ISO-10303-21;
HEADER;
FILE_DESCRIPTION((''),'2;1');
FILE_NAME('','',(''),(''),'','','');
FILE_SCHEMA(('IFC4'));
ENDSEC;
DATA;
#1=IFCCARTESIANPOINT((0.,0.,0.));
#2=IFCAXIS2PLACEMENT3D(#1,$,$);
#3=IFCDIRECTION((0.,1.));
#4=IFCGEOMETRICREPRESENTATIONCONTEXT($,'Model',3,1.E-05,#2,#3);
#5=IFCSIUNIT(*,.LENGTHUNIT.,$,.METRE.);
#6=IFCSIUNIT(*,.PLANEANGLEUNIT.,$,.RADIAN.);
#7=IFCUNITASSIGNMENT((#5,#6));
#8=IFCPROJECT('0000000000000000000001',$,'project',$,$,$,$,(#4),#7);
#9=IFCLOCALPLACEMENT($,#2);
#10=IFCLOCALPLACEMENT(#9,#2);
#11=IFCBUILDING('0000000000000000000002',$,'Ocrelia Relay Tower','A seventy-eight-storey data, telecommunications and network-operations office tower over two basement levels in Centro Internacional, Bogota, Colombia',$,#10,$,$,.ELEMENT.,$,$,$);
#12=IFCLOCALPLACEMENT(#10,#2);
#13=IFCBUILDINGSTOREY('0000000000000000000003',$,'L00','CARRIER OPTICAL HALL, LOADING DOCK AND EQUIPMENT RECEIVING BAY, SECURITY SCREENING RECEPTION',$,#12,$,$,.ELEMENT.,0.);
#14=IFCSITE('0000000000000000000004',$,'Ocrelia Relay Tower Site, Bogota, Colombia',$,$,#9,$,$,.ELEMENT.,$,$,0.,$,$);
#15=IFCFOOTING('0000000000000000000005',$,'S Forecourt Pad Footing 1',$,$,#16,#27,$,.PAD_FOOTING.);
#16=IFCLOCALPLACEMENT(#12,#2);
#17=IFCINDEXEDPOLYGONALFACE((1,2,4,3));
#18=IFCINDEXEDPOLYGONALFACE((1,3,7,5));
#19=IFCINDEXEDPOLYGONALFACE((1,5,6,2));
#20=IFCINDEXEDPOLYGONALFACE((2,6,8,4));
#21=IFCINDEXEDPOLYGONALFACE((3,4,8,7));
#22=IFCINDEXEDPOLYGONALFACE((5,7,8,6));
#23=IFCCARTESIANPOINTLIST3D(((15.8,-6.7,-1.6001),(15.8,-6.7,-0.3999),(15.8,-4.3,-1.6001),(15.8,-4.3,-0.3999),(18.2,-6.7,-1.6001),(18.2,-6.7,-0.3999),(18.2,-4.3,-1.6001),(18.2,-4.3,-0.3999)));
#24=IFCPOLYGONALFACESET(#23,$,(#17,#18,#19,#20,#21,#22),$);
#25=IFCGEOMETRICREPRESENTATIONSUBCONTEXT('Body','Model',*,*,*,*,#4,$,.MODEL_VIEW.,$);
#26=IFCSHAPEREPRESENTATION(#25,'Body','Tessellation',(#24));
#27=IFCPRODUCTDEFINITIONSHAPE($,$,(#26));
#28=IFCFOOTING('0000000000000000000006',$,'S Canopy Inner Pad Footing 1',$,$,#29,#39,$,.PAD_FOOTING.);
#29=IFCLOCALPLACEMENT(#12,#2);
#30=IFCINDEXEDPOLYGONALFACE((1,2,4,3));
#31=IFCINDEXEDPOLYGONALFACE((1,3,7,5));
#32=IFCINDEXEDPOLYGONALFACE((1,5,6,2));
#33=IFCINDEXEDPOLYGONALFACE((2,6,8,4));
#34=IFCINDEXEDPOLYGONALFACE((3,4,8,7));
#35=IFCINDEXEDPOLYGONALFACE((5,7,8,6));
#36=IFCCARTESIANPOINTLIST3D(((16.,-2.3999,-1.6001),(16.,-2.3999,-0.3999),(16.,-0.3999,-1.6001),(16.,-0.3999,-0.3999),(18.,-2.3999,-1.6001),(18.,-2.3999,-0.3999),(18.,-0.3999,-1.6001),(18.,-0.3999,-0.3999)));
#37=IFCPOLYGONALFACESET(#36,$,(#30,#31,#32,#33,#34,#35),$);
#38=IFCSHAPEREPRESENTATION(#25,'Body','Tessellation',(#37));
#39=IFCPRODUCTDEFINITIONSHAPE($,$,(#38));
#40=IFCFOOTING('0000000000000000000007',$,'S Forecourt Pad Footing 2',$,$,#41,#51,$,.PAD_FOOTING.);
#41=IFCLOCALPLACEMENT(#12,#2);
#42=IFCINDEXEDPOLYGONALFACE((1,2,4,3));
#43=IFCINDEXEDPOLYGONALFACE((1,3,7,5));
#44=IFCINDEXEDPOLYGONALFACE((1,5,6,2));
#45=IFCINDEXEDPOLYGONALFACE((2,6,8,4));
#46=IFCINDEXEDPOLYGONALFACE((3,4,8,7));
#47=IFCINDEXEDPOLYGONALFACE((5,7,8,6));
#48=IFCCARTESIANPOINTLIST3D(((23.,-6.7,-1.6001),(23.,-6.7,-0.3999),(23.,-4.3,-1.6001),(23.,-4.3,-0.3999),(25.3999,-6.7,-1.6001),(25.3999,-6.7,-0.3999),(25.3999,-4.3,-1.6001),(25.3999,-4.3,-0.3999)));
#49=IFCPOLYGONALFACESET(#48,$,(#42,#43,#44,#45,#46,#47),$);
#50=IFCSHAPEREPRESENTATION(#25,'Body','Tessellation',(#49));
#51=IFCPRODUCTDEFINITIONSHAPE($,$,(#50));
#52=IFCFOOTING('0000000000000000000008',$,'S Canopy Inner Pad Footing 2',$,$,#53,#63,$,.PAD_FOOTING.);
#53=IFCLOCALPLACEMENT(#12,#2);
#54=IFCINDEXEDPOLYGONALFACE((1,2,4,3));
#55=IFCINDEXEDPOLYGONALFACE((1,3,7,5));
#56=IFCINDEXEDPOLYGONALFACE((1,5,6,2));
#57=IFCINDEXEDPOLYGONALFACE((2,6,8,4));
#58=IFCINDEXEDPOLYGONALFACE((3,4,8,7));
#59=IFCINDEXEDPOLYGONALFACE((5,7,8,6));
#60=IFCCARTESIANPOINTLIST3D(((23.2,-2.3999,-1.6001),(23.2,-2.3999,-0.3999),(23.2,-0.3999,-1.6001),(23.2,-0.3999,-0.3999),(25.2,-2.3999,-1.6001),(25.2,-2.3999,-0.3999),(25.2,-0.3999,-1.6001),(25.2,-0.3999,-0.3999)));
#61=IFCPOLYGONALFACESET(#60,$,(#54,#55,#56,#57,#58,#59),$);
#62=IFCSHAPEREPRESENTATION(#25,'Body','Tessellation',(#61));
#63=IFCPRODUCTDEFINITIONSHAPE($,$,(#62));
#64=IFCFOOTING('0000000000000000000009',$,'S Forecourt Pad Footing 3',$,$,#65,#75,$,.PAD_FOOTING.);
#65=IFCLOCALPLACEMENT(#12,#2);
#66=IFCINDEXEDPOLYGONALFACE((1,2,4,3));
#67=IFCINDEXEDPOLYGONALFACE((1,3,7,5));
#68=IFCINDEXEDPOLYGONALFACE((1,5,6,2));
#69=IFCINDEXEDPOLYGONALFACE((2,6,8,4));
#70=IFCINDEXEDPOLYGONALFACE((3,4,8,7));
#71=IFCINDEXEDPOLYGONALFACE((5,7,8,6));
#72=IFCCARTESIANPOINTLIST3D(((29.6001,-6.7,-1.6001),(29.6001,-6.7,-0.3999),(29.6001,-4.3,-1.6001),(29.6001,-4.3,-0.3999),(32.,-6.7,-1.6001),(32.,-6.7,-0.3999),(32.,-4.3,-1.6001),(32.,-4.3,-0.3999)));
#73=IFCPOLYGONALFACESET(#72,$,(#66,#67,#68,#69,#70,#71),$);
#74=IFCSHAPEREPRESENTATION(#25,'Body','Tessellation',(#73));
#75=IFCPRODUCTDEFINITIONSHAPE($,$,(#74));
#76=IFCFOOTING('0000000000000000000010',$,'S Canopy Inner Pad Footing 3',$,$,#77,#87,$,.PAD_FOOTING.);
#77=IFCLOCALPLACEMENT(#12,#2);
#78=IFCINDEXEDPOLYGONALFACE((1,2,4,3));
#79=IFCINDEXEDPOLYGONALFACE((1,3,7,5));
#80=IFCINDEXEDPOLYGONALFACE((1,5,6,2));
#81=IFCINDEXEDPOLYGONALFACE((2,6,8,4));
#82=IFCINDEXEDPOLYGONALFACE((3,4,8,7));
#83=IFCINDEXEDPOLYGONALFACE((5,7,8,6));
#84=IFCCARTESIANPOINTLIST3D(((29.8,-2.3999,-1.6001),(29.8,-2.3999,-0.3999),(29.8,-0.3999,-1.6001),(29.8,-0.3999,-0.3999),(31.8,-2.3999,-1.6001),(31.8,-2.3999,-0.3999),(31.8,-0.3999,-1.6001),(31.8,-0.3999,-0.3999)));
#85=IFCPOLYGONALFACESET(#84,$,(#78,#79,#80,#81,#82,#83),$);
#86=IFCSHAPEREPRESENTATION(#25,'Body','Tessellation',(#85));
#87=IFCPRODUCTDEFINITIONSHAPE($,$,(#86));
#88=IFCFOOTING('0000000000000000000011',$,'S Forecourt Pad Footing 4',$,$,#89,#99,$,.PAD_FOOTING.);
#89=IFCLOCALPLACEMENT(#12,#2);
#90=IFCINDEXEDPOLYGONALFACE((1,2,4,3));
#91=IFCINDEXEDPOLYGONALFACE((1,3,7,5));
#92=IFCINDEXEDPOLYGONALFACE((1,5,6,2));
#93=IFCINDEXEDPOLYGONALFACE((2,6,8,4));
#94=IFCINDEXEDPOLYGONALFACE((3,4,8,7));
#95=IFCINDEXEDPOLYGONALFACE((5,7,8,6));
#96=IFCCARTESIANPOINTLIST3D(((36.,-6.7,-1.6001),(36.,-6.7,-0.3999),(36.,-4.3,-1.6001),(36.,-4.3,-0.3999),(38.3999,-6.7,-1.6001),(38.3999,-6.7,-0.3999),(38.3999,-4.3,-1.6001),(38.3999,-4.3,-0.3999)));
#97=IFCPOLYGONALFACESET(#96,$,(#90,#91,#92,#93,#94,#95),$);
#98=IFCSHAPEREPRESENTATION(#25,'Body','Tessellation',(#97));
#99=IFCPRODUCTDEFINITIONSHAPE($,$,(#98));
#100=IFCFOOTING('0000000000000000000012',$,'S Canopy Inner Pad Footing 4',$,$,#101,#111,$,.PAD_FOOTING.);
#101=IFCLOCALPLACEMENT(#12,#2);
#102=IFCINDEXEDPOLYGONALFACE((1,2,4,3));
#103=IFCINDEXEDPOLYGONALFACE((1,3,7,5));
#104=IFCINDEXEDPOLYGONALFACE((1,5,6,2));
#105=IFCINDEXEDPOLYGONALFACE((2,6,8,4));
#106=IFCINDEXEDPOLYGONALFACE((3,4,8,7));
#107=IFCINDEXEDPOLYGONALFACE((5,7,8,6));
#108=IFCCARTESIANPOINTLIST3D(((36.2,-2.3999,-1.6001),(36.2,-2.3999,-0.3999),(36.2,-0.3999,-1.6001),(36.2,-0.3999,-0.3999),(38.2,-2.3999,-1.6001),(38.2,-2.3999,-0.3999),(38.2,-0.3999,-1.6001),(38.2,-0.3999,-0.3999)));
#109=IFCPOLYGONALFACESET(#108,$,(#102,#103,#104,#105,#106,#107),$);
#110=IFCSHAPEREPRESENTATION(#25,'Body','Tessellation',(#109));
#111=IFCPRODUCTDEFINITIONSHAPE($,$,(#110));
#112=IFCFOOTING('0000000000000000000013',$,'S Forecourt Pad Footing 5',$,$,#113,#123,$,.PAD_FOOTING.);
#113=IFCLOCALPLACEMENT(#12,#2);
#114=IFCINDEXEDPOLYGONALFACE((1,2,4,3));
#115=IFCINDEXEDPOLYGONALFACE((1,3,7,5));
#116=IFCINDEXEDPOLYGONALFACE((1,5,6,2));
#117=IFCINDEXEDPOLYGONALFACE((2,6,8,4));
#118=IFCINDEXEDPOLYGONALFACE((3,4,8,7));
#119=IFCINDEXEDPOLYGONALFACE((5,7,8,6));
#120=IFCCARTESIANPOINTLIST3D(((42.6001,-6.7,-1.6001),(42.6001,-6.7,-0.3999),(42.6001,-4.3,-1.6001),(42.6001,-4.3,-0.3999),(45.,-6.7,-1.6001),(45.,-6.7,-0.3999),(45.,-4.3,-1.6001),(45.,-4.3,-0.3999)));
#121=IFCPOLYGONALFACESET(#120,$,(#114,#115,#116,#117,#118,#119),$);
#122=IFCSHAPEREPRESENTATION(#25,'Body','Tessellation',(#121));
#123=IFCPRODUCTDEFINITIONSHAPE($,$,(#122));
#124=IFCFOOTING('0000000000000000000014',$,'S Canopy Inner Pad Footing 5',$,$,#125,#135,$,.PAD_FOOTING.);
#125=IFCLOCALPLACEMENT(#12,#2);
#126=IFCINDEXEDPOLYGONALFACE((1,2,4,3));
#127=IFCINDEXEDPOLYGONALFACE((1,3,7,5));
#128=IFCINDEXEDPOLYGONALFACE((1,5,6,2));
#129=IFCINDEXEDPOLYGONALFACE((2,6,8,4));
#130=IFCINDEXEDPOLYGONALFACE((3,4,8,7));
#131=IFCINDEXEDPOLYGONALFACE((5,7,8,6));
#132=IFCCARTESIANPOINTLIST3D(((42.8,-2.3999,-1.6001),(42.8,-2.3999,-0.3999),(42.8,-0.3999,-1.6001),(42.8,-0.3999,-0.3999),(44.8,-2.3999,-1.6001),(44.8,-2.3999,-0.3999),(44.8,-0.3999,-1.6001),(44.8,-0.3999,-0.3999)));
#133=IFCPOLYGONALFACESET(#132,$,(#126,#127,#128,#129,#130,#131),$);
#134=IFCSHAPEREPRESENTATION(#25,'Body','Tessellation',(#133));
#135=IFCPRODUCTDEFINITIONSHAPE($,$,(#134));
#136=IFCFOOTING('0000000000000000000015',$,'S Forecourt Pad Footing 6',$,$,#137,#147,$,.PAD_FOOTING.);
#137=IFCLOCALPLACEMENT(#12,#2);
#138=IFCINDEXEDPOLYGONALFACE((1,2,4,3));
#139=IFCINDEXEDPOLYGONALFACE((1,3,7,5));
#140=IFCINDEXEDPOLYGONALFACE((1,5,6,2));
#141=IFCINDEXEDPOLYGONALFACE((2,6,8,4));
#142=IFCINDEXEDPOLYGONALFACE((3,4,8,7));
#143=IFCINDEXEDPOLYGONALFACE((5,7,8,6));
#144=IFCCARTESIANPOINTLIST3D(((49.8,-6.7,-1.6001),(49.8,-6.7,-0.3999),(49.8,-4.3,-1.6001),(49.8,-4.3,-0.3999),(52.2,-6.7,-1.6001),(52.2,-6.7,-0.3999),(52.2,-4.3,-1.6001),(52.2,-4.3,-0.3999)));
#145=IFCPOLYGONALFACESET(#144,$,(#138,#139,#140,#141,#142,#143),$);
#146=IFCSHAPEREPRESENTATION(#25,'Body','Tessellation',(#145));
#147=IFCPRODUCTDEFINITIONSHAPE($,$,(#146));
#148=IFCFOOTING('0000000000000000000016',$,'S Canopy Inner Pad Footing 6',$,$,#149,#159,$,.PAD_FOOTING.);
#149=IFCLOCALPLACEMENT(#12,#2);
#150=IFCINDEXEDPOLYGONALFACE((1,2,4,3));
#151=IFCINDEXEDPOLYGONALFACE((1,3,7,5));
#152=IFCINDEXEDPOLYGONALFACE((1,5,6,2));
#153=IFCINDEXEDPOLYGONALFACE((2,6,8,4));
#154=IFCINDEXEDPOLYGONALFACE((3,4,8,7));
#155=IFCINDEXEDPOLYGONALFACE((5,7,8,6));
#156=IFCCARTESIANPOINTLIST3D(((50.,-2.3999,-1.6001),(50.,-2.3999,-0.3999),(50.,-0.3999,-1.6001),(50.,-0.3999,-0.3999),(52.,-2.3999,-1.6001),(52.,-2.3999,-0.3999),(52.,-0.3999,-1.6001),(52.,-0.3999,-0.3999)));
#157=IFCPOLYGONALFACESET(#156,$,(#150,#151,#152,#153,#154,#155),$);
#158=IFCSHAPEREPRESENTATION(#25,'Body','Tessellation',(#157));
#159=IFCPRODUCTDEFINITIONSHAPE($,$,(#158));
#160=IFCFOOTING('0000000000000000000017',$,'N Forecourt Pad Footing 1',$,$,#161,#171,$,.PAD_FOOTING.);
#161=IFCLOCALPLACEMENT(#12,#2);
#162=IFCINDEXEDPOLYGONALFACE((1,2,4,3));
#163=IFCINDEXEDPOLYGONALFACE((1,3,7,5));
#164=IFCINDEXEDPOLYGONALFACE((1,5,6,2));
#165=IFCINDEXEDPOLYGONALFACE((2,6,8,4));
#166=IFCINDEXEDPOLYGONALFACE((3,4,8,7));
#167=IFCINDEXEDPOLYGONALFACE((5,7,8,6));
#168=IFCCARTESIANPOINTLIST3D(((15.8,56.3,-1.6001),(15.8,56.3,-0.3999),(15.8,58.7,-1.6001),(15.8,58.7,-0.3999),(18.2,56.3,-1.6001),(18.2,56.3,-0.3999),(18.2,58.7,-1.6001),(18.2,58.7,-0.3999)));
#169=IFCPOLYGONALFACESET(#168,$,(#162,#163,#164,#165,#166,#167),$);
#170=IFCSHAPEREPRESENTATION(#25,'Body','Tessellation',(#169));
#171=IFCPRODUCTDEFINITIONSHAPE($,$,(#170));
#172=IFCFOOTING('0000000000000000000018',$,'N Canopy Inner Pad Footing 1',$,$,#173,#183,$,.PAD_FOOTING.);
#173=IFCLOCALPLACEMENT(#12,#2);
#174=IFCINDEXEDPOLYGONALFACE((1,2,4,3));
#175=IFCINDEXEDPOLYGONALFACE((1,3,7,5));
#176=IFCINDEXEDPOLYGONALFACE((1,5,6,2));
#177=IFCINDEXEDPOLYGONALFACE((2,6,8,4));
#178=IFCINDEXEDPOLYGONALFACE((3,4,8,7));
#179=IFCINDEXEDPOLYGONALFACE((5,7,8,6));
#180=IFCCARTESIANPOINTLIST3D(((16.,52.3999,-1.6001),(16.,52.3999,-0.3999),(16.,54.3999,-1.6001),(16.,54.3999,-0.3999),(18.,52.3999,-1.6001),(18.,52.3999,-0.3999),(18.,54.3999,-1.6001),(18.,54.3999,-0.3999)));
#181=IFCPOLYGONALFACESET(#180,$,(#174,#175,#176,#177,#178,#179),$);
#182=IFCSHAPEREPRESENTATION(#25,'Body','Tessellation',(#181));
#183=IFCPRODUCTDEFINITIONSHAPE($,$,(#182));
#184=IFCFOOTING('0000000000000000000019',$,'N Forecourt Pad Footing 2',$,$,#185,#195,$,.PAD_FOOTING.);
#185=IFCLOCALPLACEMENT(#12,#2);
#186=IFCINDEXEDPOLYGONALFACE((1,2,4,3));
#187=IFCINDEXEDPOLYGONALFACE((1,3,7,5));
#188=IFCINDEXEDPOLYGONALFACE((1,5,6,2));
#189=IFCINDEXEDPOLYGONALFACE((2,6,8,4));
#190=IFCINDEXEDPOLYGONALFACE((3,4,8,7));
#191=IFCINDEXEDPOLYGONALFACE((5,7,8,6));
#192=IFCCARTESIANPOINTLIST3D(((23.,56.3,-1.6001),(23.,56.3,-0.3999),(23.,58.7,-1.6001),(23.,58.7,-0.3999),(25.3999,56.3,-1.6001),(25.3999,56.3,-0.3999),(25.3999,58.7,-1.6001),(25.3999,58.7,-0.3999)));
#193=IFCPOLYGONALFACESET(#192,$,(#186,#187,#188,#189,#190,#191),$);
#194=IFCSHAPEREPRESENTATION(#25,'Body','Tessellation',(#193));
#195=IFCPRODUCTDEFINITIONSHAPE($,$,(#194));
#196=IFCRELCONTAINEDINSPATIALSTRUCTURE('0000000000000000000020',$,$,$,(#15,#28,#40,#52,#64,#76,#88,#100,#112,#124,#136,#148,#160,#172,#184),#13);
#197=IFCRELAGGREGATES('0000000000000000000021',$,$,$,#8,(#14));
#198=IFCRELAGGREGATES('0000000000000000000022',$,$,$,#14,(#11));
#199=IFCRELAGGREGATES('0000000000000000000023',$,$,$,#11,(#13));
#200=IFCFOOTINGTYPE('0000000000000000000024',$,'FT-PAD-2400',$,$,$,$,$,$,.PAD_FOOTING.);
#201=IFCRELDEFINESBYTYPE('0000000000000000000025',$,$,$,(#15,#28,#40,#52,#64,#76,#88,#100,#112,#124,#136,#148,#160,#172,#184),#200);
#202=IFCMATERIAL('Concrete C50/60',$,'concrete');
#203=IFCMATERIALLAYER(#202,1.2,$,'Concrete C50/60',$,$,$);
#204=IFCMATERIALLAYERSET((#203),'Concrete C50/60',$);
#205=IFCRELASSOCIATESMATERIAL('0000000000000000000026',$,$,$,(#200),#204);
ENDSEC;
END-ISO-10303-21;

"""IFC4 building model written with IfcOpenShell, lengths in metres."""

from ifc_helpers import new_model, si_unit, direction, frame, origin, place, context, subcontext, project, spatial, polyline, outline, extrude, material, layer, layer_set, type_object, element, save


model = new_model("IFC4")

# Units and contexts
model_context = context("Model", 3, precision=1e-05, world=origin(), true_north=direction((0.0, 1.0)))
body_context = subcontext(model_context, "Body", "Model", "MODEL_VIEW")
ifc_project = project(units=[si_unit("LENGTHUNIT", "METRE"), si_unit("PLANEANGLEUNIT", "RADIAN")], contexts=[model_context])

# Site, building, storey
site_placement = place(None, origin())
site = spatial("IfcSite", under=ifc_project, at=site_placement, Name="Ocrelia Relay Tower Site, Bogota, Colombia", CompositionType="ELEMENT", RefElevation=0.0)
building_placement = place(site_placement, origin())
building = spatial("IfcBuilding", under=site, at=building_placement, Name="Ocrelia Relay Tower", Description="A seventy-eight-storey data, telecommunications and network-operations office tower over two basement levels in Centro Internacional, Bogota, Colombia", CompositionType="ELEMENT")
storey_placement = place(building_placement, origin())
storey = spatial("IfcBuildingStorey", under=building, at=storey_placement, Name="L00", Description="CARRIER OPTICAL HALL, LOADING DOCK AND EQUIPMENT RECEIVING BAY, SECURITY SCREENING RECEPTION", CompositionType="ELEMENT", Elevation=0.0)

# Footings
ifc_material_1 = material(Name="Concrete C50/60", Category="concrete")
ifc_layer_1 = layer(ifc_material_1, 1.2, Name="Concrete C50/60")
ifc_layer_set_1 = layer_set([ifc_layer_1], Name="Concrete C50/60")
footing_type_1 = type_object("IfcFootingType", Name="FT-PAD-2400", PredefinedType="PAD_FOOTING", material=ifc_layer_set_1)
footing_1_placement = place(storey_placement, frame((0.0, 0.0, -1.6001)))
element("IfcFooting", 1, at=footing_1_placement, inside=storey, type_object=footing_type_1, Name="S Forecourt Pad Footing 1", PredefinedType="PAD_FOOTING", context=body_context, shape_type="SweptSolid", body=[
    extrude(outline(polyline([(15.8, -6.7), (18.2, -6.7), (18.2, -4.3), (15.8, -4.3), (15.8, -6.7)])), origin(), (0.0, 0.0, 1.0), 1.2002),
])
footing_2_placement = place(storey_placement, frame((0.0, 0.0, -1.6001)))
element("IfcFooting", 2, at=footing_2_placement, inside=storey, type_object=footing_type_1, Name="S Canopy Inner Pad Footing 1", PredefinedType="PAD_FOOTING", context=body_context, shape_type="SweptSolid", body=[
    extrude(outline(polyline([(16.0, -2.3999), (18.0, -2.3999), (18.0, -0.3999), (16.0, -0.3999), (16.0, -2.3999)])), origin(), (0.0, 0.0, 1.0), 1.2002),
])
footing_3_placement = place(storey_placement, frame((0.0, 0.0, -1.6001)))
element("IfcFooting", 3, at=footing_3_placement, inside=storey, type_object=footing_type_1, Name="S Forecourt Pad Footing 2", PredefinedType="PAD_FOOTING", context=body_context, shape_type="SweptSolid", body=[
    extrude(outline(polyline([(23.0, -6.7), (25.3999, -6.7), (25.3999, -4.3), (23.0, -4.3), (23.0, -6.7)])), origin(), (0.0, 0.0, 1.0), 1.2002),
])
footing_4_placement = place(storey_placement, frame((0.0, 0.0, -1.6001)))
element("IfcFooting", 4, at=footing_4_placement, inside=storey, type_object=footing_type_1, Name="S Canopy Inner Pad Footing 2", PredefinedType="PAD_FOOTING", context=body_context, shape_type="SweptSolid", body=[
    extrude(outline(polyline([(23.2, -2.3999), (25.2, -2.3999), (25.2, -0.3999), (23.2, -0.3999), (23.2, -2.3999)])), origin(), (0.0, 0.0, 1.0), 1.2002),
])
footing_5_placement = place(storey_placement, frame((0.0, 0.0, -1.6001)))
element("IfcFooting", 5, at=footing_5_placement, inside=storey, type_object=footing_type_1, Name="S Forecourt Pad Footing 3", PredefinedType="PAD_FOOTING", context=body_context, shape_type="SweptSolid", body=[
    extrude(outline(polyline([(29.6001, -6.7), (32.0, -6.7), (32.0, -4.3), (29.6001, -4.3), (29.6001, -6.7)])), origin(), (0.0, 0.0, 1.0), 1.2002),
])
footing_6_placement = place(storey_placement, frame((0.0, 0.0, -1.6001)))
element("IfcFooting", 6, at=footing_6_placement, inside=storey, type_object=footing_type_1, Name="S Canopy Inner Pad Footing 3", PredefinedType="PAD_FOOTING", context=body_context, shape_type="SweptSolid", body=[
    extrude(outline(polyline([(29.8, -2.3999), (31.8, -2.3999), (31.8, -0.3999), (29.8, -0.3999), (29.8, -2.3999)])), origin(), (0.0, 0.0, 1.0), 1.2002),
])
footing_7_placement = place(storey_placement, frame((0.0, 0.0, -1.6001)))
element("IfcFooting", 7, at=footing_7_placement, inside=storey, type_object=footing_type_1, Name="S Forecourt Pad Footing 4", PredefinedType="PAD_FOOTING", context=body_context, shape_type="SweptSolid", body=[
    extrude(outline(polyline([(36.0, -6.7), (38.3999, -6.7), (38.3999, -4.3), (36.0, -4.3), (36.0, -6.7)])), origin(), (0.0, 0.0, 1.0), 1.2002),
])
footing_8_placement = place(storey_placement, frame((0.0, 0.0, -1.6001)))
element("IfcFooting", 8, at=footing_8_placement, inside=storey, type_object=footing_type_1, Name="S Canopy Inner Pad Footing 4", PredefinedType="PAD_FOOTING", context=body_context, shape_type="SweptSolid", body=[
    extrude(outline(polyline([(36.2, -2.3999), (38.2, -2.3999), (38.2, -0.3999), (36.2, -0.3999), (36.2, -2.3999)])), origin(), (0.0, 0.0, 1.0), 1.2002),
])
footing_9_placement = place(storey_placement, frame((0.0, 0.0, -1.6001)))
element("IfcFooting", 9, at=footing_9_placement, inside=storey, type_object=footing_type_1, Name="S Forecourt Pad Footing 5", PredefinedType="PAD_FOOTING", context=body_context, shape_type="SweptSolid", body=[
    extrude(outline(polyline([(42.6001, -6.7), (45.0, -6.7), (45.0, -4.3), (42.6001, -4.3), (42.6001, -6.7)])), origin(), (0.0, 0.0, 1.0), 1.2002),
])
footing_10_placement = place(storey_placement, frame((0.0, 0.0, -1.6001)))
element("IfcFooting", 10, at=footing_10_placement, inside=storey, type_object=footing_type_1, Name="S Canopy Inner Pad Footing 5", PredefinedType="PAD_FOOTING", context=body_context, shape_type="SweptSolid", body=[
    extrude(outline(polyline([(42.8, -2.3999), (44.8, -2.3999), (44.8, -0.3999), (42.8, -0.3999), (42.8, -2.3999)])), origin(), (0.0, 0.0, 1.0), 1.2002),
])
footing_11_placement = place(storey_placement, frame((0.0, 0.0, -1.6001)))
element("IfcFooting", 11, at=footing_11_placement, inside=storey, type_object=footing_type_1, Name="S Forecourt Pad Footing 6", PredefinedType="PAD_FOOTING", context=body_context, shape_type="SweptSolid", body=[
    extrude(outline(polyline([(49.8, -6.7), (52.2, -6.7), (52.2, -4.3), (49.8, -4.3), (49.8, -6.7)])), origin(), (0.0, 0.0, 1.0), 1.2002),
])
footing_12_placement = place(storey_placement, frame((0.0, 0.0, -1.6001)))
element("IfcFooting", 12, at=footing_12_placement, inside=storey, type_object=footing_type_1, Name="S Canopy Inner Pad Footing 6", PredefinedType="PAD_FOOTING", context=body_context, shape_type="SweptSolid", body=[
    extrude(outline(polyline([(50.0, -2.3999), (52.0, -2.3999), (52.0, -0.3999), (50.0, -0.3999), (50.0, -2.3999)])), origin(), (0.0, 0.0, 1.0), 1.2002),
])
footing_13_placement = place(storey_placement, frame((0.0, 0.0, -1.6001)))
element("IfcFooting", 13, at=footing_13_placement, inside=storey, type_object=footing_type_1, Name="N Forecourt Pad Footing 1", PredefinedType="PAD_FOOTING", context=body_context, shape_type="SweptSolid", body=[
    extrude(outline(polyline([(15.8, 56.3), (18.2, 56.3), (18.2, 58.7), (15.8, 58.7), (15.8, 56.3)])), origin(), (0.0, 0.0, 1.0), 1.2002),
])
footing_14_placement = place(storey_placement, frame((0.0, 0.0, -1.6001)))
element("IfcFooting", 14, at=footing_14_placement, inside=storey, type_object=footing_type_1, Name="N Canopy Inner Pad Footing 1", PredefinedType="PAD_FOOTING", context=body_context, shape_type="SweptSolid", body=[
    extrude(outline(polyline([(16.0, 52.3999), (18.0, 52.3999), (18.0, 54.3999), (16.0, 54.3999), (16.0, 52.3999)])), origin(), (0.0, 0.0, 1.0), 1.2002),
])
footing_15_placement = place(storey_placement, frame((0.0, 0.0, -1.6001)))
element("IfcFooting", 15, at=footing_15_placement, inside=storey, type_object=footing_type_1, Name="N Forecourt Pad Footing 2", PredefinedType="PAD_FOOTING", context=body_context, shape_type="SweptSolid", body=[
    extrude(outline(polyline([(23.0, 56.3), (25.3999, 56.3), (25.3999, 58.7), (23.0, 58.7), (23.0, 56.3)])), origin(), (0.0, 0.0, 1.0), 1.2002),
])

save(model, "model.ifc")
